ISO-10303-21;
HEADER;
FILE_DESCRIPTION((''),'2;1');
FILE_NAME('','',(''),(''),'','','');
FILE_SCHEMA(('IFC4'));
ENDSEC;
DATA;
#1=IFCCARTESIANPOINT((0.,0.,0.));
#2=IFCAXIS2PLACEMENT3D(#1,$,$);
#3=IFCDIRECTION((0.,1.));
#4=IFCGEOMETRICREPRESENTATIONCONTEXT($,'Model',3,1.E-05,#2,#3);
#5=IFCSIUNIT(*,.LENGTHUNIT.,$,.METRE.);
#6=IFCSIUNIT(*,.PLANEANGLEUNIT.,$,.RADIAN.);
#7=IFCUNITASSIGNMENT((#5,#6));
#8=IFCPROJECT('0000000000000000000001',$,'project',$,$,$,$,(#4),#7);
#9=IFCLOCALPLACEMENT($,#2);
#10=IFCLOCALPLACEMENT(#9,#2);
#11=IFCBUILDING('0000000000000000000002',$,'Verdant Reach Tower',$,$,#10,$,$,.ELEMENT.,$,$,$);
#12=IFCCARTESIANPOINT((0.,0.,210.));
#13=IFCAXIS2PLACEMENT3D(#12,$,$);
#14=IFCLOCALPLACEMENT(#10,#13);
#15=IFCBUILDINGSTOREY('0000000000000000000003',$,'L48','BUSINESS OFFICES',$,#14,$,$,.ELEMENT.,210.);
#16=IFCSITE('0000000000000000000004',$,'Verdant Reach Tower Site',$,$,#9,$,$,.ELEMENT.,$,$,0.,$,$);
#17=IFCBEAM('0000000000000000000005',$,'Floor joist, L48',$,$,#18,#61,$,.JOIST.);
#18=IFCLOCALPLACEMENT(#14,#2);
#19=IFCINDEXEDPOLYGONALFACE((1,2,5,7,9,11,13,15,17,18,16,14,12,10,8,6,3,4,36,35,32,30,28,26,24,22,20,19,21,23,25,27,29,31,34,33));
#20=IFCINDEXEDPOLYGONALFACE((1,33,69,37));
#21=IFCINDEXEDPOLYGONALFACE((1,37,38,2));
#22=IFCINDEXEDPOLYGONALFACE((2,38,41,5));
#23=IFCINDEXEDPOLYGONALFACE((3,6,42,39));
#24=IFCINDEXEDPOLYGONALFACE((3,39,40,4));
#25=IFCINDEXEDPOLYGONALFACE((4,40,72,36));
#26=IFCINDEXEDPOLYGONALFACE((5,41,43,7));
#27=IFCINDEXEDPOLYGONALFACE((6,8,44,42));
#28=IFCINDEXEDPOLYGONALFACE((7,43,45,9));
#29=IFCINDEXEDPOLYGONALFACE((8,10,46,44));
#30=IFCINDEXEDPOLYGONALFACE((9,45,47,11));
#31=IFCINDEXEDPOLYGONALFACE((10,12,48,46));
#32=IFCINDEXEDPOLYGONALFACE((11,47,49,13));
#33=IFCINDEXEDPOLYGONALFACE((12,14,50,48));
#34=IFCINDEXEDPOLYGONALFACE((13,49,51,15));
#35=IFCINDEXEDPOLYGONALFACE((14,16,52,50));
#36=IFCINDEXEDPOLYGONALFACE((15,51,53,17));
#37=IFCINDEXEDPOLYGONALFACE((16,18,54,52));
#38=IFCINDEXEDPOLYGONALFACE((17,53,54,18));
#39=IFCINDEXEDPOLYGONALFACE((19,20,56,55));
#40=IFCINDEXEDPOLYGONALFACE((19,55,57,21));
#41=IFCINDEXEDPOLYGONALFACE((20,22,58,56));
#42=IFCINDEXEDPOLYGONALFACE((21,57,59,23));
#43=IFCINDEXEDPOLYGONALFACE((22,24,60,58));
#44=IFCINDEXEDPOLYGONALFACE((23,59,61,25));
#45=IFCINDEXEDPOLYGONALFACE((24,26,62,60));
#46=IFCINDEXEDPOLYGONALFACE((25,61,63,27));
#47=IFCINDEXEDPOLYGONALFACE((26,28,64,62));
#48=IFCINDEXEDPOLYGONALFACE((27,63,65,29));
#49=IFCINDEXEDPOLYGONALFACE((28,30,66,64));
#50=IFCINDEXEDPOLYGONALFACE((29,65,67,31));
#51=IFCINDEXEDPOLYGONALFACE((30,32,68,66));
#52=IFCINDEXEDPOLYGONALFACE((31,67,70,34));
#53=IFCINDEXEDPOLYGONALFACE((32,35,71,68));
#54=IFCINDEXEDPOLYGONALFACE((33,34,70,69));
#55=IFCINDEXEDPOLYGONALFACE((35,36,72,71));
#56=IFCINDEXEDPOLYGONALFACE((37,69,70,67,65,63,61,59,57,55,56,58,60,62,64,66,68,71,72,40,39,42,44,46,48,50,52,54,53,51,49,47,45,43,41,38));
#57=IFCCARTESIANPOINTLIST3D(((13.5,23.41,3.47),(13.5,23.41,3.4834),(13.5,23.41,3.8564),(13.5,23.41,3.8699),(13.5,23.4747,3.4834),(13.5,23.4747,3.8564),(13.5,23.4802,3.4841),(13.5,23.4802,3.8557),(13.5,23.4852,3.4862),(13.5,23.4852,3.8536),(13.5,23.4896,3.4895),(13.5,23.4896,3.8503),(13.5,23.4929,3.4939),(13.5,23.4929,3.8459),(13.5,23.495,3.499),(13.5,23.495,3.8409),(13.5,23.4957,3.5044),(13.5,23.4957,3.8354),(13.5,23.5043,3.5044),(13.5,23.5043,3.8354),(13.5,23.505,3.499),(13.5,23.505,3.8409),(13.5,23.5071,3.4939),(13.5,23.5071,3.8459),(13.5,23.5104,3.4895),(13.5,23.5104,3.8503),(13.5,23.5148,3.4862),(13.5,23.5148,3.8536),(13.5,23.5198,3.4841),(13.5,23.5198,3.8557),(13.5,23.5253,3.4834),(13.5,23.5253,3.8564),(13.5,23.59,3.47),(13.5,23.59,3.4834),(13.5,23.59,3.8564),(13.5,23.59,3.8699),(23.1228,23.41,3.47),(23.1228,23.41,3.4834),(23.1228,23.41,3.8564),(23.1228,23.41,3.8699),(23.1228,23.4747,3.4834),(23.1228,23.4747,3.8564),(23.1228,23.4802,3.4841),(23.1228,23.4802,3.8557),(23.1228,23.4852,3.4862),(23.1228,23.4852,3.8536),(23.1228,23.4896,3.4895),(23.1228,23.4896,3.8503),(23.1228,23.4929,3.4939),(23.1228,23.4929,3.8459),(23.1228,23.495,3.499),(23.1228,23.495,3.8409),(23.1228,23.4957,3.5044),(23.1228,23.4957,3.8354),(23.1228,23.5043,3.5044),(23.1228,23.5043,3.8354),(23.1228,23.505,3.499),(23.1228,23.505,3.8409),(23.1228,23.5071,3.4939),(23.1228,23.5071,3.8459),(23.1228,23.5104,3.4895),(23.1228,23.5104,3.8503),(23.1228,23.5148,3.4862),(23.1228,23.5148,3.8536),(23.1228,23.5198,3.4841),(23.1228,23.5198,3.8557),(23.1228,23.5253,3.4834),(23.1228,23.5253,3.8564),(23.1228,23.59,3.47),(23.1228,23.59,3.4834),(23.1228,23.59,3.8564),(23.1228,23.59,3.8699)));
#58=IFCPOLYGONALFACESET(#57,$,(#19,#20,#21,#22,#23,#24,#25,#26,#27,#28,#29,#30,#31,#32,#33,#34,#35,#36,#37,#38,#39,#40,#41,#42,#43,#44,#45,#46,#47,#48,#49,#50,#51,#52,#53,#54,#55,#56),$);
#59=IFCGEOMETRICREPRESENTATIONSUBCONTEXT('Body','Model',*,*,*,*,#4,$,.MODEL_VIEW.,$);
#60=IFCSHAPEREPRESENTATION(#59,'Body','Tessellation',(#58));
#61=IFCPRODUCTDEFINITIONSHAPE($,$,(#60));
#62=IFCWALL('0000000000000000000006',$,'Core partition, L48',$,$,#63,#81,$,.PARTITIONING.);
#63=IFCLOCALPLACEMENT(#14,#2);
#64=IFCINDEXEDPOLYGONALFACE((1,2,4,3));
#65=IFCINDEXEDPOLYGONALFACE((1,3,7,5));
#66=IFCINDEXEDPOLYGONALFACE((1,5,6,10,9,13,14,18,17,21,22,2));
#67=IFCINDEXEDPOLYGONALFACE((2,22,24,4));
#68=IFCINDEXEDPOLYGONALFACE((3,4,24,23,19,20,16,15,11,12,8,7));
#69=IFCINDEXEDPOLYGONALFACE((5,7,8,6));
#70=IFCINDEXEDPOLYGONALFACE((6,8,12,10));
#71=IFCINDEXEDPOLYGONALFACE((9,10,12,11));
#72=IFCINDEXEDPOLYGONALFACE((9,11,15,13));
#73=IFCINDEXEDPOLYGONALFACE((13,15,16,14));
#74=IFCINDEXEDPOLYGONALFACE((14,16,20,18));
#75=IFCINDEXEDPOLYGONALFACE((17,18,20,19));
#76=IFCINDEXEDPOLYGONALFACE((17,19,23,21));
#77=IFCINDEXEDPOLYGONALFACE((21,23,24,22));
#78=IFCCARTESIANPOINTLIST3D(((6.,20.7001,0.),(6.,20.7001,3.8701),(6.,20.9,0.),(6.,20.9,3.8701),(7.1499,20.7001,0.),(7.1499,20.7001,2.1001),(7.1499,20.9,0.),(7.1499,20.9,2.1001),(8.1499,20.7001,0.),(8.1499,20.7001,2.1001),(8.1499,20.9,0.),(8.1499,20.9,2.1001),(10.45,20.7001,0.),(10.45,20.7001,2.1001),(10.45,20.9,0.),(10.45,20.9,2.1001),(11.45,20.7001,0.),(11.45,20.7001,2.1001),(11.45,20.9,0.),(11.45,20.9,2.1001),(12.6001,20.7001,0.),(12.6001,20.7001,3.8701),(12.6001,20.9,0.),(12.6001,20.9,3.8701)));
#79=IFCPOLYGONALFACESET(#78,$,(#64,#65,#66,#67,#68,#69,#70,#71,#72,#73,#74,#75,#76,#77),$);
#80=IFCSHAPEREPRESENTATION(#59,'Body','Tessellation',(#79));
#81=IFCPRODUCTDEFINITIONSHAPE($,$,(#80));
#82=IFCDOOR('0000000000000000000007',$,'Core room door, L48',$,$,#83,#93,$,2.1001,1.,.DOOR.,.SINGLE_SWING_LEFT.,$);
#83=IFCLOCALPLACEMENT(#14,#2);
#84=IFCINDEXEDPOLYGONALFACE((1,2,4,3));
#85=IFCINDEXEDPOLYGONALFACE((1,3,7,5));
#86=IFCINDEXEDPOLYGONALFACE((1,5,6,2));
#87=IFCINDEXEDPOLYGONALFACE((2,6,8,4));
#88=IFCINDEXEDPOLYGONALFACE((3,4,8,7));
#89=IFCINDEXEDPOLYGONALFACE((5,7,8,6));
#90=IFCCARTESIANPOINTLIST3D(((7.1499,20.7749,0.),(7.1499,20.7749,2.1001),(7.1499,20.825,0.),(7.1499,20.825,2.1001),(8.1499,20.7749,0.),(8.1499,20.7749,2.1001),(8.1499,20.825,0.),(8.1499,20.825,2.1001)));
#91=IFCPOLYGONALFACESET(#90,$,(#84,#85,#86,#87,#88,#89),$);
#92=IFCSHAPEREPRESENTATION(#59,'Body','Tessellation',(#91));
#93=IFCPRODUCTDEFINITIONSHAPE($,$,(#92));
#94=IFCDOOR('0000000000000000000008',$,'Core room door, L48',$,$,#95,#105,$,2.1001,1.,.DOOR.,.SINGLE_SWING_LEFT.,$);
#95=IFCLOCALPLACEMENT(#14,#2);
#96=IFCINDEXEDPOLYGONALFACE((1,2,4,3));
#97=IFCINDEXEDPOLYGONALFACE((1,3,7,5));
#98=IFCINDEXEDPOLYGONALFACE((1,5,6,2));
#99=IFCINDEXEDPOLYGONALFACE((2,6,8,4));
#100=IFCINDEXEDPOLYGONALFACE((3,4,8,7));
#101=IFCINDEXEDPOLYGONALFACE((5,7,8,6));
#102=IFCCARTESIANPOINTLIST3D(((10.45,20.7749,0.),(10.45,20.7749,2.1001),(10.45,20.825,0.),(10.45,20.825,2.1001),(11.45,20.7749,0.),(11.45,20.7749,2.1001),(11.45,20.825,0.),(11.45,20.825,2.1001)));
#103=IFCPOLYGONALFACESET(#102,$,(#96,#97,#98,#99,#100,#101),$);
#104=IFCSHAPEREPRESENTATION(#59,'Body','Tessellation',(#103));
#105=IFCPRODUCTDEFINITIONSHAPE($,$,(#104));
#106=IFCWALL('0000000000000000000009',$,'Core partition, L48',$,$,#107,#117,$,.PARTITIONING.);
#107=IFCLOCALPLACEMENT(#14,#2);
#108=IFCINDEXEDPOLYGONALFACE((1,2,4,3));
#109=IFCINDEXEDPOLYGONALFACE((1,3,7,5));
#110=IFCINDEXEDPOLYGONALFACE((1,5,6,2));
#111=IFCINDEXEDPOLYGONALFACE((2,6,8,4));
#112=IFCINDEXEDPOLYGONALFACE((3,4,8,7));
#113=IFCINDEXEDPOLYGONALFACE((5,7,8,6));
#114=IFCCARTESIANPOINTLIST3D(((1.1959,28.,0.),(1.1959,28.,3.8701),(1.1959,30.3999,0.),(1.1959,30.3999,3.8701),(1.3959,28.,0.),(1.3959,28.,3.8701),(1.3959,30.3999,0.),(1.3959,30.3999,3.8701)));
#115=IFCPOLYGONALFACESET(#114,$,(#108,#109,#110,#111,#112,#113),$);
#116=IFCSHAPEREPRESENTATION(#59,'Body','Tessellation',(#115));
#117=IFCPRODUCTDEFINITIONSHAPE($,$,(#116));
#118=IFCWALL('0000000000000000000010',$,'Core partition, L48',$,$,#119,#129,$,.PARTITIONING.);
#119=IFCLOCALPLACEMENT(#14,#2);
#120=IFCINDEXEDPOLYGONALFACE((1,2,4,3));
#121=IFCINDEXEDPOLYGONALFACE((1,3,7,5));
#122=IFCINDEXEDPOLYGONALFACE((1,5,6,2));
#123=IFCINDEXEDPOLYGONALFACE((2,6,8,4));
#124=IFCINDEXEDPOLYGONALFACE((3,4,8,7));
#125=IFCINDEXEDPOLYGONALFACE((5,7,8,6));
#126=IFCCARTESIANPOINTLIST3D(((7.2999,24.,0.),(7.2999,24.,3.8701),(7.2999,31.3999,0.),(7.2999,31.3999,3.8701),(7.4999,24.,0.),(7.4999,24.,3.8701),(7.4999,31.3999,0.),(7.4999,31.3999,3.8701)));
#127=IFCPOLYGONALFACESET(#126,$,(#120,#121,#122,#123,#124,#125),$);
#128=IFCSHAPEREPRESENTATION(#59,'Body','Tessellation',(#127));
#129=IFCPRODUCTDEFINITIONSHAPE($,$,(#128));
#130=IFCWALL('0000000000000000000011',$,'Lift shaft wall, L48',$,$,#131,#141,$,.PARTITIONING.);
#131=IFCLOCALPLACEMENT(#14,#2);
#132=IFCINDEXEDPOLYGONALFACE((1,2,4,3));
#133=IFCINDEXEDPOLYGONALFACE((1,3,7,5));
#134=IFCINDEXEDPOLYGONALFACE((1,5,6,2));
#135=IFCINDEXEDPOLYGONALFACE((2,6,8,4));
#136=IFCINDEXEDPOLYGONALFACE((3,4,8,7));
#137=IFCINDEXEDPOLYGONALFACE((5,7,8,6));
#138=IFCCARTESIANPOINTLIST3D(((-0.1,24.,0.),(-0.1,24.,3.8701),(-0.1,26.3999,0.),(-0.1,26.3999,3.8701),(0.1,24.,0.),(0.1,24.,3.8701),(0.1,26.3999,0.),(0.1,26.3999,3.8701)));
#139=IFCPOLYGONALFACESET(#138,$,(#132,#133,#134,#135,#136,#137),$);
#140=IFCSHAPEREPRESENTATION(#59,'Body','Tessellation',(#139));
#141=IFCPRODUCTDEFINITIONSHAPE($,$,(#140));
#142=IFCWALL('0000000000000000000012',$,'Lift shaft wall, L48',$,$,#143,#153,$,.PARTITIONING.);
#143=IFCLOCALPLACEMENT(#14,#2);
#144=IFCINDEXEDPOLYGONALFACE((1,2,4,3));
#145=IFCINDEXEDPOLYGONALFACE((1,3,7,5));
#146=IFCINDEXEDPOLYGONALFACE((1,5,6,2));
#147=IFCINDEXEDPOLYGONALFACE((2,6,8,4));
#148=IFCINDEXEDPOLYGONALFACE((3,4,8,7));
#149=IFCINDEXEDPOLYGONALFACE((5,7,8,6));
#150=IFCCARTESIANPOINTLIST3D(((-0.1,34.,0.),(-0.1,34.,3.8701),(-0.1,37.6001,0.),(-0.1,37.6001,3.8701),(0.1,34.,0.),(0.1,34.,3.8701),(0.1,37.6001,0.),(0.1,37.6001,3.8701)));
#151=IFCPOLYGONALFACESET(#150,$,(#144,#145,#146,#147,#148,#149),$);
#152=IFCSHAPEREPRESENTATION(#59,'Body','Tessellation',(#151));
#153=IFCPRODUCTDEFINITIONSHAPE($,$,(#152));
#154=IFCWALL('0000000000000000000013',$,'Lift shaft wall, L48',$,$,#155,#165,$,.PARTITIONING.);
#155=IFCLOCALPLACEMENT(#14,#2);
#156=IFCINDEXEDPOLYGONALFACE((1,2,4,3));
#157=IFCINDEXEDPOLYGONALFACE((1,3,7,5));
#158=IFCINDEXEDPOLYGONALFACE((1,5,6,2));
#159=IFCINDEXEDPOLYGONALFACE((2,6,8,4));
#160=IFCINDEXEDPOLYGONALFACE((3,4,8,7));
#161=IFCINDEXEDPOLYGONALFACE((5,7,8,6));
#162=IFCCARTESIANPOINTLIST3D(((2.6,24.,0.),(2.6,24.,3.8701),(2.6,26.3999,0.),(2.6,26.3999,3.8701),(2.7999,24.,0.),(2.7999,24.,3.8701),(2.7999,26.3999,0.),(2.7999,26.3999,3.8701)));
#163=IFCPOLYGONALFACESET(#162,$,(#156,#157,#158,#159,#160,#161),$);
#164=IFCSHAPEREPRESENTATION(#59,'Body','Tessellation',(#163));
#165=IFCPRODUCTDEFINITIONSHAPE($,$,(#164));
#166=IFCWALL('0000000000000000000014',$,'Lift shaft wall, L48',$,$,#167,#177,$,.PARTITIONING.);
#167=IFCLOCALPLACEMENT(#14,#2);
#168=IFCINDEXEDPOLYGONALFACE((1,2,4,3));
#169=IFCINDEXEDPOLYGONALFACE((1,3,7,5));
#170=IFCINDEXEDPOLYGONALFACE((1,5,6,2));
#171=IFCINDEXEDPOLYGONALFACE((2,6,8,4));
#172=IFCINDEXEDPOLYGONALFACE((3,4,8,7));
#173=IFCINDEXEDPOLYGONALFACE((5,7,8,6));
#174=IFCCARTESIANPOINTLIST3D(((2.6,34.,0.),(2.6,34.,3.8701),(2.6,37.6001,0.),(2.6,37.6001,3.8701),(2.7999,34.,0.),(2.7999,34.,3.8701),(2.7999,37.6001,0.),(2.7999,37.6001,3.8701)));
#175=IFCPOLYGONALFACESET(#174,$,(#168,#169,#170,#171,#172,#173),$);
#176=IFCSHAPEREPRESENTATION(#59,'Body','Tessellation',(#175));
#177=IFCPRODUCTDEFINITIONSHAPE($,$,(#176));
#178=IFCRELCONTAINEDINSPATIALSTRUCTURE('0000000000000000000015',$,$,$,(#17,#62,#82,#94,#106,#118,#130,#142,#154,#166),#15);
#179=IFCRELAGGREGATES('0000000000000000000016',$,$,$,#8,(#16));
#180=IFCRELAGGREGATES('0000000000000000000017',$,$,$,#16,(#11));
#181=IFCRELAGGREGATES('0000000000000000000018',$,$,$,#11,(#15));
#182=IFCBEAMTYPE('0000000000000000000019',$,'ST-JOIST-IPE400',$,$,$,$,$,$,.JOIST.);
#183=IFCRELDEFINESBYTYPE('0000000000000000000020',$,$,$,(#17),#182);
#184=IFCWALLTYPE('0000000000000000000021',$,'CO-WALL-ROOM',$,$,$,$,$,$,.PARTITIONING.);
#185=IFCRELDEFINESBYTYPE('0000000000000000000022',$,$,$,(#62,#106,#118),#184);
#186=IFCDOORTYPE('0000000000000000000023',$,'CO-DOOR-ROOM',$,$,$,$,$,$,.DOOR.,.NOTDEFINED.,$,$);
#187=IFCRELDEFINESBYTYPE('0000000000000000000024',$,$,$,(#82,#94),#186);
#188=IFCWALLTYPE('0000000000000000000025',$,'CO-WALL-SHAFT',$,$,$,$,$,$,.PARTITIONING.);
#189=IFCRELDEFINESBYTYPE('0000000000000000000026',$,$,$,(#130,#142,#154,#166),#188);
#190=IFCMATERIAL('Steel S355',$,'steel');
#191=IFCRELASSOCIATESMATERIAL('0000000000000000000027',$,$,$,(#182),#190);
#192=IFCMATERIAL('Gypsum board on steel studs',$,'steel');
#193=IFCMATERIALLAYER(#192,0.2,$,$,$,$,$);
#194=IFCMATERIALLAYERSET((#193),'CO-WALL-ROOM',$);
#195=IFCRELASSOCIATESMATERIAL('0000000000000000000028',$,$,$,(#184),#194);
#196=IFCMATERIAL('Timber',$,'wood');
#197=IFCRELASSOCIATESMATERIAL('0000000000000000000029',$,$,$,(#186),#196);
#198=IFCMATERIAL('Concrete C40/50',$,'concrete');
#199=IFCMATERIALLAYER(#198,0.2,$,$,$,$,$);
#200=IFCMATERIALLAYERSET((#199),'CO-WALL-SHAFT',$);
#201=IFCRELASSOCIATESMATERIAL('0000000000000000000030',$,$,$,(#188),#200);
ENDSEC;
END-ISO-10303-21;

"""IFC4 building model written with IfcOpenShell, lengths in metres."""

from ifc_helpers import new_model, si_unit, direction, frame, frame_2d, origin, origin_2d, place, context, subcontext, project, spatial, rectangle, i_section, extrude, material, layer, layer_set, material_profile, profile_set, type_object, element, fill, save


model = new_model("IFC4")

# Units and contexts
model_context = context("Model", 3, precision=1e-05, world=origin(), true_north=direction((0.0, 1.0)))
body_context = subcontext(model_context, "Body", "Model", "MODEL_VIEW")
ifc_project = project(units=[si_unit("LENGTHUNIT", "METRE"), si_unit("PLANEANGLEUNIT", "RADIAN")], contexts=[model_context])

# Site, building, storey
site_placement = place(None, origin())
site = spatial("IfcSite", under=ifc_project, at=site_placement, Name="Verdant Reach Tower Site", CompositionType="ELEMENT", RefElevation=0.0)
building_placement = place(site_placement, origin())
building = spatial("IfcBuilding", under=site, at=building_placement, Name="Verdant Reach Tower", CompositionType="ELEMENT")
storey_placement = place(building_placement, frame((0.0, 0.0, 210.0)))
storey = spatial("IfcBuildingStorey", under=building, at=storey_placement, Name="L48", Description="BUSINESS OFFICES", CompositionType="ELEMENT", Elevation=210.0)

# Beam
ifc_material_1 = material(Name="Steel S355", Category="steel")
ifc_material_profile = material_profile(ifc_material_1, i_section(OverallWidth=0.1799, OverallDepth=0.3999, WebThickness=0.0085, FlangeThickness=0.0134, FilletRadius=0.021, at=origin_2d()), Name="IPE 400")
ifc_profile_set = profile_set([ifc_material_profile], Name="Steel S355")
beam_type = type_object("IfcBeamType", Name="ST-JOIST-IPE400", PredefinedType="JOIST", material=ifc_profile_set)
beam_placement = place(storey_placement, frame((13.5, 23.5, 3.6699), z_axis=(1.0, 0.0, 0.0), x_axis=(0.0, 1.0, 0.0)))
element("IfcBeam", 1, at=beam_placement, inside=storey, type_object=beam_type, Name="Floor joist, L48", PredefinedType="JOIST", context=body_context, shape_type="SweptSolid", body=[
    extrude(i_section(OverallWidth=0.1799, OverallDepth=0.3999, WebThickness=0.0085, FlangeThickness=0.0134, FilletRadius=0.021, at=origin_2d()), origin(), (0.0, 0.0, 1.0), 9.6228),
])

# Wall, openings, doors
ifc_material_2 = material(Name="Gypsum board on steel studs", Category="steel")
ifc_layer_1 = layer(ifc_material_2, 0.2)
ifc_layer_set_1 = layer_set([ifc_layer_1], Name="CO-WALL-ROOM")
wall_type_1 = type_object("IfcWallType", Name="CO-WALL-ROOM", PredefinedType="PARTITIONING", material=ifc_layer_set_1)
wall_1_placement = place(storey_placement, frame((6.0, 20.8, 0.0), z_axis=(0.0, 0.0, 1.0), x_axis=(1.0, 0.0, 0.0)))
wall_1 = element("IfcWall", 2, at=wall_1_placement, inside=storey, type_object=wall_type_1, Name="Core partition, L48", PredefinedType="PARTITIONING", context=body_context, shape_type="SweptSolid", body=[
    extrude(rectangle(XDim=6.6001, YDim=0.2, at=frame_2d((3.3, 0.0))), origin(), (0.0, 0.0, 1.0), 3.8701),
])
opening_1_placement = place(wall_1_placement, frame((1.1499, 0.0, 0.0)))
opening_1 = element("IfcOpeningElement", 3, at=opening_1_placement, cuts=wall_1, PredefinedType="OPENING", context=body_context, shape_type="SweptSolid", body=[
    extrude(rectangle(XDim=1.0, YDim=2.1001, at=frame_2d((0.5, 1.05))), frame((0.0, 0.1099, 0.0), z_axis=(0.0, -1.0, 0.0), x_axis=(1.0, 0.0, 0.0)), (0.0, 0.0, 1.0), 0.22),
])
opening_2_placement = place(wall_1_placement, frame((4.45, 0.0, 0.0)))
opening_2 = element("IfcOpeningElement", 4, at=opening_2_placement, cuts=wall_1, PredefinedType="OPENING", context=body_context, shape_type="SweptSolid", body=[
    extrude(rectangle(XDim=1.0, YDim=2.1001, at=frame_2d((0.5, 1.05))), frame((0.0, 0.1099, 0.0), z_axis=(0.0, -1.0, 0.0), x_axis=(1.0, 0.0, 0.0)), (0.0, 0.0, 1.0), 0.22),
])
ifc_material_3 = material(Name="Timber", Category="wood")
door_type_1 = type_object("IfcDoorType", Name="CO-DOOR-ROOM", OperationType="NOTDEFINED", PredefinedType="DOOR", material=ifc_material_3)
door_1_placement = place(opening_1_placement, origin())
door_1 = element("IfcDoor", 5, at=door_1_placement, inside=storey, type_object=door_type_1, Name="Core room door, L48", OperationType="SINGLE_SWING_LEFT", OverallHeight=2.1001, OverallWidth=1.0, PredefinedType="DOOR", context=body_context, shape_type="SweptSolid", body=[
    extrude(rectangle(XDim=1.0, YDim=2.1001, at=frame_2d((0.5, 1.05))), frame((0.0, 0.0249, 0.0), z_axis=(0.0, -1.0, 0.0), x_axis=(1.0, 0.0, 0.0)), (0.0, 0.0, 1.0), 0.05),
])
fill(opening_1, door_1)
door_2_placement = place(opening_2_placement, origin())
door_2 = element("IfcDoor", 6, at=door_2_placement, inside=storey, type_object=door_type_1, Name="Core room door, L48", OperationType="SINGLE_SWING_LEFT", OverallHeight=2.1001, OverallWidth=1.0, PredefinedType="DOOR", context=body_context, shape_type="SweptSolid", body=[
    extrude(rectangle(XDim=1.0, YDim=2.1001, at=frame_2d((0.5, 1.05))), frame((0.0, 0.0249, 0.0), z_axis=(0.0, -1.0, 0.0), x_axis=(1.0, 0.0, 0.0)), (0.0, 0.0, 1.0), 0.05),
])
fill(opening_2, door_2)

# Walls
wall_2_placement = place(storey_placement, frame((1.2959, 28.0, 0.0), z_axis=(0.0, 0.0, 1.0), x_axis=(0.0, 1.0, 0.0)))
element("IfcWall", 7, at=wall_2_placement, inside=storey, type_object=wall_type_1, Name="Core partition, L48", PredefinedType="PARTITIONING", context=body_context, shape_type="SweptSolid", body=[
    extrude(rectangle(XDim=2.3999, YDim=0.2, at=frame_2d((1.2, 0.0))), origin(), (0.0, 0.0, 1.0), 3.8701),
])
wall_3_placement = place(storey_placement, frame((7.3999, 24.0, 0.0), z_axis=(0.0, 0.0, 1.0), x_axis=(0.0, 1.0, 0.0)))
element("IfcWall", 8, at=wall_3_placement, inside=storey, type_object=wall_type_1, Name="Core partition, L48", PredefinedType="PARTITIONING", context=body_context, shape_type="SweptSolid", body=[
    extrude(rectangle(XDim=7.3999, YDim=0.2, at=frame_2d((3.7, 0.0))), origin(), (0.0, 0.0, 1.0), 3.8701),
])
ifc_material_4 = material(Name="Concrete C40/50", Category="concrete")
ifc_layer_2 = layer(ifc_material_4, 0.2)
ifc_layer_set_2 = layer_set([ifc_layer_2], Name="CO-WALL-SHAFT")
wall_type_2 = type_object("IfcWallType", Name="CO-WALL-SHAFT", PredefinedType="PARTITIONING", material=ifc_layer_set_2)
wall_4_placement = place(storey_placement, frame((0.0, 24.0, 0.0), z_axis=(0.0, 0.0, 1.0), x_axis=(0.0, 1.0, 0.0)))
element("IfcWall", 9, at=wall_4_placement, inside=storey, type_object=wall_type_2, Name="Lift shaft wall, L48", PredefinedType="PARTITIONING", context=body_context, shape_type="SweptSolid", body=[
    extrude(rectangle(XDim=2.3999, YDim=0.2, at=frame_2d((1.2, 0.0))), origin(), (0.0, 0.0, 1.0), 3.8701),
])
wall_5_placement = place(storey_placement, frame((0.0, 34.0, 0.0), z_axis=(0.0, 0.0, 1.0), x_axis=(0.0, 1.0, 0.0)))
element("IfcWall", 10, at=wall_5_placement, inside=storey, type_object=wall_type_2, Name="Lift shaft wall, L48", PredefinedType="PARTITIONING", context=body_context, shape_type="SweptSolid", body=[
    extrude(rectangle(XDim=3.6001, YDim=0.2, at=frame_2d((1.8, 0.0))), origin(), (0.0, 0.0, 1.0), 3.8701),
])
wall_6_placement = place(storey_placement, frame((2.7, 24.0, 0.0), z_axis=(0.0, 0.0, 1.0), x_axis=(0.0, 1.0, 0.0)))
element("IfcWall", 11, at=wall_6_placement, inside=storey, type_object=wall_type_2, Name="Lift shaft wall, L48", PredefinedType="PARTITIONING", context=body_context, shape_type="SweptSolid", body=[
    extrude(rectangle(XDim=2.3999, YDim=0.2, at=frame_2d((1.2, 0.0))), origin(), (0.0, 0.0, 1.0), 3.8701),
])
wall_7_placement = place(storey_placement, frame((2.7, 34.0, 0.0), z_axis=(0.0, 0.0, 1.0), x_axis=(0.0, 1.0, 0.0)))
element("IfcWall", 12, at=wall_7_placement, inside=storey, type_object=wall_type_2, Name="Lift shaft wall, L48", PredefinedType="PARTITIONING", context=body_context, shape_type="SweptSolid", body=[
    extrude(rectangle(XDim=3.6001, YDim=0.2, at=frame_2d((1.8, 0.0))), origin(), (0.0, 0.0, 1.0), 3.8701),
])

save(model, "model.ifc")
